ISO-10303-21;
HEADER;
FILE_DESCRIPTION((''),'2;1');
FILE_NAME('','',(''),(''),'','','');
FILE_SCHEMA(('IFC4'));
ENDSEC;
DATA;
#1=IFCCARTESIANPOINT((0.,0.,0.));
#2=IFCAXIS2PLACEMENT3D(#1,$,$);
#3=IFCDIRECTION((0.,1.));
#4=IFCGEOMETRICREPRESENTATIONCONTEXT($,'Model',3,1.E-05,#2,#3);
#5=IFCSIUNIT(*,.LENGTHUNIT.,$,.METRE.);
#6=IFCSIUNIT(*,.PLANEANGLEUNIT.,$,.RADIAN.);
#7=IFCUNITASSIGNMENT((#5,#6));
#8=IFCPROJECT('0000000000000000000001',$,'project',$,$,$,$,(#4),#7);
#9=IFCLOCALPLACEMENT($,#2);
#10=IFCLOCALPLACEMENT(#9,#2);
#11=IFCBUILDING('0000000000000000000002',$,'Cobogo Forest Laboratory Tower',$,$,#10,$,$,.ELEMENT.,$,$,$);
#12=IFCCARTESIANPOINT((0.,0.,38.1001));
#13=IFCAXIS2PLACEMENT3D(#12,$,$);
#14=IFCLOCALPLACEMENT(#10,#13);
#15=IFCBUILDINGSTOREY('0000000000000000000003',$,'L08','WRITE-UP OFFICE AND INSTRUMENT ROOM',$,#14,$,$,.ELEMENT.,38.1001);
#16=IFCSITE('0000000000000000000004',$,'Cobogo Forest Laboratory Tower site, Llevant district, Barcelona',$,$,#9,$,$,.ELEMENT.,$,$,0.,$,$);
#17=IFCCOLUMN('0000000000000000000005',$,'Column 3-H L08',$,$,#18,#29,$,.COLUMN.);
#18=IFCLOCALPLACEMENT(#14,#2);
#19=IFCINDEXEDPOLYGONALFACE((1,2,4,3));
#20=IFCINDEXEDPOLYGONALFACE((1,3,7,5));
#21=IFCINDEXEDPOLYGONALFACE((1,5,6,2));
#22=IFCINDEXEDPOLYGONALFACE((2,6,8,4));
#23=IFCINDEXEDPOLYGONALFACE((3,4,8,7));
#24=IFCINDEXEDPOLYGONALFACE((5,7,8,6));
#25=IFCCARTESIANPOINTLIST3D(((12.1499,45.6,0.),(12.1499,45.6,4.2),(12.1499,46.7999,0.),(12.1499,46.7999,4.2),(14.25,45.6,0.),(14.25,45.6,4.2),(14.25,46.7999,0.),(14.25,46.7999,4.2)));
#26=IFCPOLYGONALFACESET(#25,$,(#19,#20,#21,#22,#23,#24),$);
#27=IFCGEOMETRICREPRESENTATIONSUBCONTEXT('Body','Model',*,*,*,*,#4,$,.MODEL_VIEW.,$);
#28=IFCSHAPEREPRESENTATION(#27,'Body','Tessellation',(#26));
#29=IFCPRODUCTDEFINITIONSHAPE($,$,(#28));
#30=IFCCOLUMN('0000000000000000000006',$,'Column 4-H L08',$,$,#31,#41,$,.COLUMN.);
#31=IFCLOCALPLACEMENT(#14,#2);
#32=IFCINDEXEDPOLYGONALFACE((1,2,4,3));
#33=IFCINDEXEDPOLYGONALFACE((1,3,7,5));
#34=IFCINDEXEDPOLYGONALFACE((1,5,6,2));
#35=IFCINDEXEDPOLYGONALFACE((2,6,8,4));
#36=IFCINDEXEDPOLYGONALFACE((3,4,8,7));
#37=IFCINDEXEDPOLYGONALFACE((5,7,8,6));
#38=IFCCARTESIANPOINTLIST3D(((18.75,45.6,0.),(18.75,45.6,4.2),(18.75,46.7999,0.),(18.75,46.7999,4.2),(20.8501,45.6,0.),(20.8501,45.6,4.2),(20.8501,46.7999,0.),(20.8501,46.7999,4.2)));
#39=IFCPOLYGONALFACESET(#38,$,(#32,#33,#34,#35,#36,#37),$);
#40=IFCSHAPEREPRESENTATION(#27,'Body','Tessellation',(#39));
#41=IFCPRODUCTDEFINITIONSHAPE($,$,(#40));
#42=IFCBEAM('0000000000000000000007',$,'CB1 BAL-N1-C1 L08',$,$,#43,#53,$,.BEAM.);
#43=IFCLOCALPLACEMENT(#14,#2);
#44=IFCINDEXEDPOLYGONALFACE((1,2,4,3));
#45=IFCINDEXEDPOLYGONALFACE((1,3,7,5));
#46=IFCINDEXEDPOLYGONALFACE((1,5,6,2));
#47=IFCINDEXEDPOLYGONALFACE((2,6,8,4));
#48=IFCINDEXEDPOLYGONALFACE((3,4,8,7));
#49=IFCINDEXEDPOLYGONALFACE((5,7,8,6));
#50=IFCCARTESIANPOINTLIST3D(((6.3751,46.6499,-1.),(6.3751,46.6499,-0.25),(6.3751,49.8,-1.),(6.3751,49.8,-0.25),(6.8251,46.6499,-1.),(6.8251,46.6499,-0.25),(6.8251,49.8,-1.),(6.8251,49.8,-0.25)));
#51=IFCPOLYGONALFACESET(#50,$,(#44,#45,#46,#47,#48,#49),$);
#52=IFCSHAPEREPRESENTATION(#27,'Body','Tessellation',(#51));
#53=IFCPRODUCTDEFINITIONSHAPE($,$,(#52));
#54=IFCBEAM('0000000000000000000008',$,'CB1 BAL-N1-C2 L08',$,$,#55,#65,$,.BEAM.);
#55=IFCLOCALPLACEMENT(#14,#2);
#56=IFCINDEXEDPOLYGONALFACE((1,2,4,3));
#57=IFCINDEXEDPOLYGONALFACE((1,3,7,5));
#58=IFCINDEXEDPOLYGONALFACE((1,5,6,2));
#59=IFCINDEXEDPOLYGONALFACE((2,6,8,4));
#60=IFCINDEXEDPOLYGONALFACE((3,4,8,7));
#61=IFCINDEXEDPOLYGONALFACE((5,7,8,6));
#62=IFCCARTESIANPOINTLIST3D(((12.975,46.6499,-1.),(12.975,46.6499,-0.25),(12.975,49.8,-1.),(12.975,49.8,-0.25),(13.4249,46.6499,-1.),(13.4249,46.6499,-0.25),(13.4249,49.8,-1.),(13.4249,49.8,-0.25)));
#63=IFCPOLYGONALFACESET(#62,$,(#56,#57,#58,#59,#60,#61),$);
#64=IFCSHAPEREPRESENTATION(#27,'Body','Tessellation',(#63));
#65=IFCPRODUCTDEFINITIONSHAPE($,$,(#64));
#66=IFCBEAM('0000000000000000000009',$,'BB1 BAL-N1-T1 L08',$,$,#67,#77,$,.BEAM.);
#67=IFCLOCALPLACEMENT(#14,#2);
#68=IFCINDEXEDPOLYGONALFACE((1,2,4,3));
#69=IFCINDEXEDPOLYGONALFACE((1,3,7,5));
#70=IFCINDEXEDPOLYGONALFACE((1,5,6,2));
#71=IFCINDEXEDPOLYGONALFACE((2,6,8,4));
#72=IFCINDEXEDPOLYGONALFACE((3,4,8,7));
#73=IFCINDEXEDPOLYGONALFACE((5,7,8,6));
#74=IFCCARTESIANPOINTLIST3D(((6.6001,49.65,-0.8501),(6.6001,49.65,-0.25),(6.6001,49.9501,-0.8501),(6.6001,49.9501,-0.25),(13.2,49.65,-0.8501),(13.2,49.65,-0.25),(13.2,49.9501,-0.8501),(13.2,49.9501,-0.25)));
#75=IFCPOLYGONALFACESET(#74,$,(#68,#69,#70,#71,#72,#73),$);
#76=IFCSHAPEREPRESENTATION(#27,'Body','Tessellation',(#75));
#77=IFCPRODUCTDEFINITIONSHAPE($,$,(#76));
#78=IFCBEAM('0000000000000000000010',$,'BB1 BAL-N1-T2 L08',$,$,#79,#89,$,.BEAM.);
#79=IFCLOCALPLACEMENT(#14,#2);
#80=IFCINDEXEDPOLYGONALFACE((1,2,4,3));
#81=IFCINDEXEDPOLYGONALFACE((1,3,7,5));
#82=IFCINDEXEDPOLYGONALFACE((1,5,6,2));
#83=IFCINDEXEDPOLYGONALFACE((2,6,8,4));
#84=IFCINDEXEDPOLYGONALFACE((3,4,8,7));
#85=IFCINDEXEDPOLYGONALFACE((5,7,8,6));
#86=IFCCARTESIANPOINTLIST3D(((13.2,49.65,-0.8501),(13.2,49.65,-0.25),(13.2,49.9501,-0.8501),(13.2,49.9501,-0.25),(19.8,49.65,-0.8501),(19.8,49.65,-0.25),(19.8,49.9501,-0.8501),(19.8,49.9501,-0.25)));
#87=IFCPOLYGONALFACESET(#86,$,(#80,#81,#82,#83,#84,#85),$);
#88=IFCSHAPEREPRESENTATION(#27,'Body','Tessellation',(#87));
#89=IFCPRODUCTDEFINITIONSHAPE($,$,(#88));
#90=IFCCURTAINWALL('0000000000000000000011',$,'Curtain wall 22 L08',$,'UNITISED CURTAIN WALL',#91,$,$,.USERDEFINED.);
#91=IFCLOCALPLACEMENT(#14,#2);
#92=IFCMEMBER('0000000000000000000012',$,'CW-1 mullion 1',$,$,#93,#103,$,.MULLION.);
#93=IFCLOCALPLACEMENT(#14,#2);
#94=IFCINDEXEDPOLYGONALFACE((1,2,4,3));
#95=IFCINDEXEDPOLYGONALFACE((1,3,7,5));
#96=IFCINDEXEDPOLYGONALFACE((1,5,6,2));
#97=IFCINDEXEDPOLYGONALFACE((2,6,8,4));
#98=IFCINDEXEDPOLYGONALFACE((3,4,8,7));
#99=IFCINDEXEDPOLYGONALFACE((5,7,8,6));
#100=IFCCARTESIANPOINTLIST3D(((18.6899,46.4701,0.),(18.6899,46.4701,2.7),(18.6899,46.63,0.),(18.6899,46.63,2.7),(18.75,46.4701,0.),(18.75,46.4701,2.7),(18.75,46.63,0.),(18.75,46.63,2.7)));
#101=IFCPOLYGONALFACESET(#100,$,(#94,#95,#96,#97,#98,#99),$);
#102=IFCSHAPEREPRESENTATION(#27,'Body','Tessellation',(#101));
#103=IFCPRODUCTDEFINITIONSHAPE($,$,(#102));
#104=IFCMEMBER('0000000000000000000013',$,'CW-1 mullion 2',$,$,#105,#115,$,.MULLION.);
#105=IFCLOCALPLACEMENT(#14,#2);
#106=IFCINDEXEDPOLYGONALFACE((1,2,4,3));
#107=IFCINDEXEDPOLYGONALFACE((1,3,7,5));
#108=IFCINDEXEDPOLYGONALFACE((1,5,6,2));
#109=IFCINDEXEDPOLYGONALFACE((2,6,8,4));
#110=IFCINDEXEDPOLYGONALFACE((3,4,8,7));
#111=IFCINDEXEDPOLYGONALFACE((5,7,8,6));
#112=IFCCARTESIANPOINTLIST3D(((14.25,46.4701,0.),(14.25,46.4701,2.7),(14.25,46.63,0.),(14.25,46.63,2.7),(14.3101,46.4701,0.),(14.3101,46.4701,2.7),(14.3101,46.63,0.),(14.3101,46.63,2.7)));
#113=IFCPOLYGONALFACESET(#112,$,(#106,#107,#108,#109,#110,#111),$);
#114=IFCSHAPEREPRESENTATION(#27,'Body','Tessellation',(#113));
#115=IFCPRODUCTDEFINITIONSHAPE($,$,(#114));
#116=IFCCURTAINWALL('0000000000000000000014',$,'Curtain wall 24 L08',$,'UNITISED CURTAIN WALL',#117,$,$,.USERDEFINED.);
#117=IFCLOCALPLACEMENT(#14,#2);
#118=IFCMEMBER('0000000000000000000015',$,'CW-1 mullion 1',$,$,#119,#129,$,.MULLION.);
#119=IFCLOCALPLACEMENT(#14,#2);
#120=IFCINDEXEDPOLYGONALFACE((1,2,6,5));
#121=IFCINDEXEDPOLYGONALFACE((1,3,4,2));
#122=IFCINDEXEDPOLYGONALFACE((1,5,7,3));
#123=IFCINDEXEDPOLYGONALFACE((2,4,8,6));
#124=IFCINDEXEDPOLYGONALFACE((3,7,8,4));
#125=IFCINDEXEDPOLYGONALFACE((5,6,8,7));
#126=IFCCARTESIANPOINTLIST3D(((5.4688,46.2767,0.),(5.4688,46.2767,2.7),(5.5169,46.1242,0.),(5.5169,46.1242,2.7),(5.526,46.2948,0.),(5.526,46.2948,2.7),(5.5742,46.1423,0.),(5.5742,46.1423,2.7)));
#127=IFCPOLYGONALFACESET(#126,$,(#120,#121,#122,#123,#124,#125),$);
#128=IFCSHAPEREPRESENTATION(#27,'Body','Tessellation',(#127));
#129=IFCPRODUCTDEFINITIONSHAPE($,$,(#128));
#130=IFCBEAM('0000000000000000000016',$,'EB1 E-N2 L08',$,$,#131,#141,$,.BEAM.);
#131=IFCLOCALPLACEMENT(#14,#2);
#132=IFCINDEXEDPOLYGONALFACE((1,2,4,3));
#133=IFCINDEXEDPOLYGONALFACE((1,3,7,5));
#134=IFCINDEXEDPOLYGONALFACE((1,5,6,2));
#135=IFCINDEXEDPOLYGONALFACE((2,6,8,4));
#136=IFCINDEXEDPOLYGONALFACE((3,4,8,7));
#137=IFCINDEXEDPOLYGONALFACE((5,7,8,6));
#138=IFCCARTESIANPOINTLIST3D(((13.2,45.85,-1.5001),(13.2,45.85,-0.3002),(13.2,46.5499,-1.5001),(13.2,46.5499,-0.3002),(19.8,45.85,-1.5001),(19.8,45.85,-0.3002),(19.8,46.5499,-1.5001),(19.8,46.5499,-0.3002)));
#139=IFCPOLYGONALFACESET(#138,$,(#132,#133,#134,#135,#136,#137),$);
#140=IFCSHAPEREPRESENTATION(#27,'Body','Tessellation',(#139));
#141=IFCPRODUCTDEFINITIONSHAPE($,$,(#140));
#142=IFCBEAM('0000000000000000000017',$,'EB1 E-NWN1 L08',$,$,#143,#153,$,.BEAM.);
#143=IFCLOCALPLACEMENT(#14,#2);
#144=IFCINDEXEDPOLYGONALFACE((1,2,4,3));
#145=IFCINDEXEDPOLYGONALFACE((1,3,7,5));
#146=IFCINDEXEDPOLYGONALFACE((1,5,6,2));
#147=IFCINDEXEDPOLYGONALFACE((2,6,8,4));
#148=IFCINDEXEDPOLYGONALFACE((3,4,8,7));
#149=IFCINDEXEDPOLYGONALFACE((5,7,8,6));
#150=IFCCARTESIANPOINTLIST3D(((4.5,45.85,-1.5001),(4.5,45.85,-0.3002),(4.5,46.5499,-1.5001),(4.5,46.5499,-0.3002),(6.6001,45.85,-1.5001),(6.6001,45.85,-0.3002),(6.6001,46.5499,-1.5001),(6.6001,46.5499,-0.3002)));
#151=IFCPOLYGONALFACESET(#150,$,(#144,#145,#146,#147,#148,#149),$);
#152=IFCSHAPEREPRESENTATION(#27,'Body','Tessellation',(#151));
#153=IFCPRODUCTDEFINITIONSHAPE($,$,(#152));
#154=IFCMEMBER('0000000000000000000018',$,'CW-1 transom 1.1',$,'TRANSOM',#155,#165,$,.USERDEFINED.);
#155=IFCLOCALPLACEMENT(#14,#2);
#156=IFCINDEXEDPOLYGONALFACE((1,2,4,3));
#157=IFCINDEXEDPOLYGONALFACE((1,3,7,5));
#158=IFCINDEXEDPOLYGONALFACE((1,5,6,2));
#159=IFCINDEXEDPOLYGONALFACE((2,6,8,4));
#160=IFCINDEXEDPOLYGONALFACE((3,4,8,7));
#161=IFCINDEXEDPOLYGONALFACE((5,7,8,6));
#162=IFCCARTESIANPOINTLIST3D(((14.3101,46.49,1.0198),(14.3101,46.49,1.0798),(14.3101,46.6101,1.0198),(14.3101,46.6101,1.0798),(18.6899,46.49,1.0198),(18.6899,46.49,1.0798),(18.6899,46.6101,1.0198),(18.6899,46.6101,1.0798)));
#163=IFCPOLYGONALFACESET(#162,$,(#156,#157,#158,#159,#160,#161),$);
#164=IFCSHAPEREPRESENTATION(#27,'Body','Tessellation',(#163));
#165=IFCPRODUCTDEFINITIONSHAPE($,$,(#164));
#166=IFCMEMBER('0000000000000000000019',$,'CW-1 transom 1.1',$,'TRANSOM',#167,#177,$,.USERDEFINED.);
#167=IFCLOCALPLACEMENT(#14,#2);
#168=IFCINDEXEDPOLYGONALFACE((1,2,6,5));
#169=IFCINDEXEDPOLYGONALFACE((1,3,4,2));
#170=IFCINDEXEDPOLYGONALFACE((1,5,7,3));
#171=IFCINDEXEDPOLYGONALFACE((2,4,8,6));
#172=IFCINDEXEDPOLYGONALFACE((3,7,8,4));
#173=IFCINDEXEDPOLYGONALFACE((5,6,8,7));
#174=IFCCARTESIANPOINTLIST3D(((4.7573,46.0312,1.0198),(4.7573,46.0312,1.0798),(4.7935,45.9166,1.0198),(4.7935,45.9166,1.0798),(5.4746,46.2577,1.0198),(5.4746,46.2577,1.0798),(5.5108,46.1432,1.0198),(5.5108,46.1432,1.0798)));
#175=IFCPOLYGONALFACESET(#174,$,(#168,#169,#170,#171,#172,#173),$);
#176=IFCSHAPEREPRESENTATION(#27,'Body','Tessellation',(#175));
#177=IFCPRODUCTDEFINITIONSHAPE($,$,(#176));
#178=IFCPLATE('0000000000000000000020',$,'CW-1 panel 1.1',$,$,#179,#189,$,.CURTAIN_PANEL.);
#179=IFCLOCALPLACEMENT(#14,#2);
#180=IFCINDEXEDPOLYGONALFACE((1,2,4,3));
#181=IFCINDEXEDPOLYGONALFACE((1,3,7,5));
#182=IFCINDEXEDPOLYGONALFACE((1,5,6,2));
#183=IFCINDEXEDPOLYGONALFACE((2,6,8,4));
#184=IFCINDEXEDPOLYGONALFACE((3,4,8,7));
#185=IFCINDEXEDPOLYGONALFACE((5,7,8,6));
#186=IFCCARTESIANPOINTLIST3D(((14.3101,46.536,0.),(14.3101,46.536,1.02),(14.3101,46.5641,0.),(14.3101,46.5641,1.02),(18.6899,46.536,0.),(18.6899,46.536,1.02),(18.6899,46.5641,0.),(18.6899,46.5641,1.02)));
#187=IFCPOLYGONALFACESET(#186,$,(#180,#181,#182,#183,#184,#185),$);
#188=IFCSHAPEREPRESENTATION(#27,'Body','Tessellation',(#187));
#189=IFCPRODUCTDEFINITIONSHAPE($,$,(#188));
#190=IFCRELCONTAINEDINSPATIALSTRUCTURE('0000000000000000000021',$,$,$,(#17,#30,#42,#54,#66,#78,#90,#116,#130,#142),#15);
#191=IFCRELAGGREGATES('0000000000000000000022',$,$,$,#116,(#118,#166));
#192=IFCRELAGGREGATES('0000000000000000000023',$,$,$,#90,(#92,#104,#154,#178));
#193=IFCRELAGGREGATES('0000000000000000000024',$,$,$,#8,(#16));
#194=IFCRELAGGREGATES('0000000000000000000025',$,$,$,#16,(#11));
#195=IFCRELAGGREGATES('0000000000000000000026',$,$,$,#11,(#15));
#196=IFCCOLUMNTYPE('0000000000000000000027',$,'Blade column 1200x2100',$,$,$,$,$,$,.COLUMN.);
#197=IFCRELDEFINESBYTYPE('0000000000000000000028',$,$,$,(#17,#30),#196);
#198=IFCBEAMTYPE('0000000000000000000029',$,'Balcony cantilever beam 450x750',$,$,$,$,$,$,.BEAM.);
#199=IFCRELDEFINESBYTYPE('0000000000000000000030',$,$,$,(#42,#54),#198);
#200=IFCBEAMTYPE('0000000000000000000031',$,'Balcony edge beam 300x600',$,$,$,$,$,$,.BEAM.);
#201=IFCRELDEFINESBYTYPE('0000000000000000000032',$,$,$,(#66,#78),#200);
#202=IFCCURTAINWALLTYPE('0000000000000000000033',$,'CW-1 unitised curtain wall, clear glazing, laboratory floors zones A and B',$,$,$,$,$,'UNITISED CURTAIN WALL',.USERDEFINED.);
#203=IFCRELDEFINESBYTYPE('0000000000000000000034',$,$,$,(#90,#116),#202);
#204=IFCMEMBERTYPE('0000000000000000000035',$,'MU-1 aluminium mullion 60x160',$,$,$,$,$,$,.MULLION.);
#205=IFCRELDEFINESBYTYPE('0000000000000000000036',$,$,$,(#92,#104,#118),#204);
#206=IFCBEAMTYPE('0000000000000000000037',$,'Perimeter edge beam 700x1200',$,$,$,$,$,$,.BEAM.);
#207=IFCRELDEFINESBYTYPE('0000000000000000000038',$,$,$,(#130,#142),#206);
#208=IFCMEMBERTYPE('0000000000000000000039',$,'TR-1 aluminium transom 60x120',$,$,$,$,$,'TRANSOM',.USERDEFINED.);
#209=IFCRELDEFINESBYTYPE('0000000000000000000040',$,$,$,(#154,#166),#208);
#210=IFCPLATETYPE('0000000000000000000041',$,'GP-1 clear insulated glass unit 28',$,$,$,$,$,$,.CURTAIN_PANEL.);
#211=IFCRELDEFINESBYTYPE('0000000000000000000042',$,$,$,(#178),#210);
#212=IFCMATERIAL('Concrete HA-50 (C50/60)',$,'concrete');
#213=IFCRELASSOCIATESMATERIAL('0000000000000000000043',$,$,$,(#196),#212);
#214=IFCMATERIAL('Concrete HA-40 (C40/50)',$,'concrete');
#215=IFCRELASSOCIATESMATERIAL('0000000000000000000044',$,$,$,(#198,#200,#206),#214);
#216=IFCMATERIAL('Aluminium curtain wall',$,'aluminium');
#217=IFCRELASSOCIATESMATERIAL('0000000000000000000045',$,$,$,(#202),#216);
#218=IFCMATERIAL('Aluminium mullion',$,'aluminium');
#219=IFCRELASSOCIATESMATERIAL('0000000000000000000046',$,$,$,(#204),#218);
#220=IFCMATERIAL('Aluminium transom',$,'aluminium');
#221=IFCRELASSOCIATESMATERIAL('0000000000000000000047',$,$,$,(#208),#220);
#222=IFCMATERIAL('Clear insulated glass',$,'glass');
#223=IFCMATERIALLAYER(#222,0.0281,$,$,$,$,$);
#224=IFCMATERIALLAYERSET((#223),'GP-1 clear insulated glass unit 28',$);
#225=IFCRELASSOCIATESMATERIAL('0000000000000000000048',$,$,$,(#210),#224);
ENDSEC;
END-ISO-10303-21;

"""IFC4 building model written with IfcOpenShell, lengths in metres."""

from ifc_helpers import new_model, si_unit, direction, frame, origin, origin_2d, place, context, subcontext, project, spatial, rectangle, extrude, material, layer, layer_set, material_profile, profile_set, type_object, element, aggregate, save


model = new_model("IFC4")

# Units and contexts
model_context = context("Model", 3, precision=1e-05, world=origin(), true_north=direction((0.0, 1.0)))
body_context = subcontext(model_context, "Body", "Model", "MODEL_VIEW")
ifc_project = project(units=[si_unit("LENGTHUNIT", "METRE"), si_unit("PLANEANGLEUNIT", "RADIAN")], contexts=[model_context])

# Site, building, storey
site_placement = place(None, origin())
site = spatial("IfcSite", under=ifc_project, at=site_placement, Name="Cobogo Forest Laboratory Tower site, Llevant district, Barcelona", CompositionType="ELEMENT", RefElevation=0.0)
building_placement = place(site_placement, origin())
building = spatial("IfcBuilding", under=site, at=building_placement, Name="Cobogo Forest Laboratory Tower", CompositionType="ELEMENT")
storey_placement = place(building_placement, frame((0.0, 0.0, 38.1001)))
storey = spatial("IfcBuildingStorey", under=building, at=storey_placement, Name="L08", Description="WRITE-UP OFFICE AND INSTRUMENT ROOM", CompositionType="ELEMENT", Elevation=38.1001)

# Columns
ifc_material_1 = material(Name="Concrete HA-50 (C50/60)", Category="concrete")
ifc_material_profile_1 = material_profile(ifc_material_1, rectangle(XDim=2.1001, YDim=1.2, at=origin_2d()), Name="RC 1200x2100")
ifc_profile_set_1 = profile_set([ifc_material_profile_1], Name="Concrete HA-50 (C50/60)")
column_type = type_object("IfcColumnType", Name="Blade column 1200x2100", PredefinedType="COLUMN", material=ifc_profile_set_1)
for number, where, z_axis, x_axis, name in (
    (1, (13.2, 46.2, 0.0), (0.0, 0.0, 1.0), (1.0, 0.0, 0.0), "Column 3-H L08"),
    (2, (19.8, 46.2, 0.0), (0.0, 0.0, 1.0), (1.0, 0.0, 0.0), "Column 4-H L08"),
):
    element("IfcColumn", number, at=place(storey_placement, frame(where, z_axis=z_axis, x_axis=x_axis)), inside=storey, type_object=column_type, Name=name, PredefinedType="COLUMN", context=body_context, shape_type="SweptSolid", body=[
        extrude(rectangle(XDim=2.1001, YDim=1.2, at=origin_2d()), origin(), (0.0, 0.0, 1.0), 4.2),
    ])

# Beams
ifc_material_2 = material(Name="Concrete HA-40 (C40/50)", Category="concrete")
ifc_material_profile_2 = material_profile(ifc_material_2, rectangle(XDim=0.45, YDim=0.75, at=origin_2d()), Name="RC 450x750")
ifc_profile_set_2 = profile_set([ifc_material_profile_2], Name="Concrete HA-40 (C40/50)")
beam_type_1 = type_object("IfcBeamType", Name="Balcony cantilever beam 450x750", PredefinedType="BEAM", material=ifc_profile_set_2)
for number, where, z_axis, x_axis, name in (
    (3, (6.6001, 46.6499, -0.625), (0.0, 1.0, 0.0), (-1.0, 0.0, 0.0), "CB1 BAL-N1-C1 L08"),
    (4, (13.2, 46.6499, -0.625), (0.0, 1.0, 0.0), (-1.0, 0.0, 0.0), "CB1 BAL-N1-C2 L08"),
):
    element("IfcBeam", number, at=place(storey_placement, frame(where, z_axis=z_axis, x_axis=x_axis)), inside=storey, type_object=beam_type_1, Name=name, PredefinedType="BEAM", context=body_context, shape_type="SweptSolid", body=[
        extrude(rectangle(XDim=0.45, YDim=0.75, at=origin_2d()), origin(), (0.0, 0.0, 1.0), 3.1501),
    ])
ifc_material_profile_3 = material_profile(ifc_material_2, rectangle(XDim=0.3, YDim=0.6001, at=origin_2d()), Name="RC 300x600")
ifc_profile_set_3 = profile_set([ifc_material_profile_3], Name="Concrete HA-40 (C40/50)")
beam_type_2 = type_object("IfcBeamType", Name="Balcony edge beam 300x600", PredefinedType="BEAM", material=ifc_profile_set_3)
beam_1_placement = place(storey_placement, frame((6.6001, 49.8, -0.55), z_axis=(1.0, 0.0, 0.0), x_axis=(0.0, 1.0, 0.0)))
element("IfcBeam", 5, at=beam_1_placement, inside=storey, type_object=beam_type_2, Name="BB1 BAL-N1-T1 L08", PredefinedType="BEAM", context=body_context, shape_type="SweptSolid", body=[
    extrude(rectangle(XDim=0.3, YDim=0.6001, at=origin_2d()), origin(), (0.0, 0.0, 1.0), 6.5999),
])
beam_2_placement = place(storey_placement, frame((13.2, 49.8, -0.55), z_axis=(1.0, 0.0, 0.0), x_axis=(0.0, 1.0, 0.0)))
element("IfcBeam", 6, at=beam_2_placement, inside=storey, type_object=beam_type_2, Name="BB1 BAL-N1-T2 L08", PredefinedType="BEAM", context=body_context, shape_type="SweptSolid", body=[
    extrude(rectangle(XDim=0.3, YDim=0.6001, at=origin_2d()), origin(), (0.0, 0.0, 1.0), 6.6001),
])

# Curtain wall, members
ifc_material_3 = material(Name="Aluminium curtain wall", Category="aluminium")
curtain_wall_type = type_object("IfcCurtainWallType", Name="CW-1 unitised curtain wall, clear glazing, laboratory floors zones A and B", ElementType="UNITISED CURTAIN WALL", PredefinedType="USERDEFINED", material=ifc_material_3)
curtain_wall_1_placement = place(storey_placement, origin())
curtain_wall_1 = element("IfcCurtainWall", 7, at=curtain_wall_1_placement, inside=storey, type_object=curtain_wall_type, Name="Curtain wall 22 L08", ObjectType="UNITISED CURTAIN WALL", PredefinedType="USERDEFINED")
ifc_material_4 = material(Name="Aluminium mullion", Category="aluminium")
ifc_material_profile_4 = material_profile(ifc_material_4, rectangle(XDim=0.0601, YDim=0.1599, at=origin_2d()), Name="AL 60x160")
ifc_profile_set_4 = profile_set([ifc_material_profile_4], Name="Aluminium mullion")
member_type_1 = type_object("IfcMemberType", Name="MU-1 aluminium mullion 60x160", PredefinedType="MULLION", material=ifc_profile_set_4)
member_1_placement = place(storey_placement, frame((18.72, 46.55, 0.0), z_axis=(0.0, 0.0, 1.0), x_axis=(-1.0, 0.0, 0.0)))
member_1 = element("IfcMember", 8, at=member_1_placement, type_object=member_type_1, Name="CW-1 mullion 1", PredefinedType="MULLION", context=body_context, shape_type="SweptSolid", body=[
    extrude(rectangle(XDim=0.0601, YDim=0.1599, at=origin_2d()), origin(), (0.0, 0.0, 1.0), 2.7),
])
member_2_placement = place(storey_placement, frame((14.28, 46.55, 0.0), z_axis=(0.0, 0.0, 1.0), x_axis=(-1.0, 0.0, 0.0)))
member_2 = element("IfcMember", 9, at=member_2_placement, type_object=member_type_1, Name="CW-1 mullion 2", PredefinedType="MULLION", context=body_context, shape_type="SweptSolid", body=[
    extrude(rectangle(XDim=0.0601, YDim=0.1599, at=origin_2d()), origin(), (0.0, 0.0, 1.0), 2.7),
])

# Curtain wall, member
curtain_wall_2_placement = place(storey_placement, origin())
curtain_wall_2 = element("IfcCurtainWall", 10, at=curtain_wall_2_placement, inside=storey, type_object=curtain_wall_type, Name="Curtain wall 24 L08", ObjectType="UNITISED CURTAIN WALL", PredefinedType="USERDEFINED")
member_3_placement = place(storey_placement, frame((5.5215, 46.2095, 0.0), z_axis=(0.0, 0.0, 1.0), x_axis=(-0.953582, -0.301135, 0.0)))
member_3 = element("IfcMember", 11, at=member_3_placement, type_object=member_type_1, Name="CW-1 mullion 1", PredefinedType="MULLION", context=body_context, shape_type="SweptSolid", body=[
    extrude(rectangle(XDim=0.0601, YDim=0.1599, at=origin_2d()), origin(), (0.0, 0.0, 1.0), 2.7),
])

# Beams
ifc_material_profile_5 = material_profile(ifc_material_2, rectangle(XDim=0.7, YDim=1.2, at=origin_2d()), Name="RC 700x1200")
ifc_profile_set_5 = profile_set([ifc_material_profile_5], Name="Concrete HA-40 (C40/50)")
beam_type_3 = type_object("IfcBeamType", Name="Perimeter edge beam 700x1200", PredefinedType="BEAM", material=ifc_profile_set_5)
beam_3_placement = place(storey_placement, frame((13.2, 46.2, -0.9001), z_axis=(1.0, 0.0, 0.0), x_axis=(0.0, 1.0, 0.0)))
element("IfcBeam", 12, at=beam_3_placement, inside=storey, type_object=beam_type_3, Name="EB1 E-N2 L08", PredefinedType="BEAM", context=body_context, shape_type="SweptSolid", body=[
    extrude(rectangle(XDim=0.7, YDim=1.2, at=origin_2d()), origin(), (0.0, 0.0, 1.0), 6.6001),
])
beam_4_placement = place(storey_placement, frame((6.6001, 46.2, -0.9001), z_axis=(-1.0, 0.0, 0.0), x_axis=(0.0, -1.0, 0.0)))
element("IfcBeam", 13, at=beam_4_placement, inside=storey, type_object=beam_type_3, Name="EB1 E-NWN1 L08", PredefinedType="BEAM", context=body_context, shape_type="SweptSolid", body=[
    extrude(rectangle(XDim=0.7, YDim=1.2, at=origin_2d()), origin(), (0.0, 0.0, 1.0), 2.1001),
])

# Members
ifc_material_5 = material(Name="Aluminium transom", Category="aluminium")
ifc_material_profile_6 = material_profile(ifc_material_5, rectangle(XDim=0.1201, YDim=0.0601, at=origin_2d()), Name="AL 60x120")
ifc_profile_set_6 = profile_set([ifc_material_profile_6], Name="Aluminium transom")
member_type_2 = type_object("IfcMemberType", Name="TR-1 aluminium transom 60x120", ElementType="TRANSOM", PredefinedType="USERDEFINED", material=ifc_profile_set_6)
member_4_placement = place(storey_placement, frame((18.6899, 46.55, 1.0498), z_axis=(-1.0, 0.0, 0.0), x_axis=(0.0, -1.0, 0.0)))
member_4 = element("IfcMember", 14, at=member_4_placement, type_object=member_type_2, Name="CW-1 transom 1.1", ObjectType="TRANSOM", PredefinedType="USERDEFINED", context=body_context, shape_type="SweptSolid", body=[
    extrude(rectangle(XDim=0.1201, YDim=0.0601, at=origin_2d()), origin(), (0.0, 0.0, 1.0), 4.3799),
])
member_5_placement = place(storey_placement, frame((5.4927, 46.2004, 1.0498), z_axis=(-0.953563, -0.301194, 0.0), x_axis=(0.301194, -0.953563, 0.0)))
member_5 = element("IfcMember", 15, at=member_5_placement, type_object=member_type_2, Name="CW-1 transom 1.1", ObjectType="TRANSOM", PredefinedType="USERDEFINED", context=body_context, shape_type="SweptSolid", body=[
    extrude(rectangle(XDim=0.1201, YDim=0.0601, at=origin_2d()), origin(), (0.0, 0.0, 1.0), 0.7522),
])
aggregate(curtain_wall_2, [member_3, member_5])

# Plate
ifc_material_6 = material(Name="Clear insulated glass", Category="glass")
ifc_layer_1 = layer(ifc_material_6, 0.0281)
ifc_layer_set_1 = layer_set([ifc_layer_1], Name="GP-1 clear insulated glass unit 28")
plate_type = type_object("IfcPlateType", Name="GP-1 clear insulated glass unit 28", PredefinedType="CURTAIN_PANEL", material=ifc_layer_set_1)
plate_1_placement = place(storey_placement, frame((16.5, 46.55, 0.0), z_axis=(0.0, 0.0, 1.0), x_axis=(-1.0, 0.0, 0.0)))
plate_1 = element("IfcPlate", 16, at=plate_1_placement, type_object=plate_type, Name="CW-1 panel 1.1", PredefinedType="CURTAIN_PANEL", context=body_context, shape_type="SweptSolid", body=[
    extrude(rectangle(XDim=4.3799, YDim=0.0281, at=origin_2d()), origin(), (0.0, 0.0, 1.0), 1.02),
])
aggregate(curtain_wall_1, [member_1, member_2, member_4, plate_1])

save(model, "model.ifc")
